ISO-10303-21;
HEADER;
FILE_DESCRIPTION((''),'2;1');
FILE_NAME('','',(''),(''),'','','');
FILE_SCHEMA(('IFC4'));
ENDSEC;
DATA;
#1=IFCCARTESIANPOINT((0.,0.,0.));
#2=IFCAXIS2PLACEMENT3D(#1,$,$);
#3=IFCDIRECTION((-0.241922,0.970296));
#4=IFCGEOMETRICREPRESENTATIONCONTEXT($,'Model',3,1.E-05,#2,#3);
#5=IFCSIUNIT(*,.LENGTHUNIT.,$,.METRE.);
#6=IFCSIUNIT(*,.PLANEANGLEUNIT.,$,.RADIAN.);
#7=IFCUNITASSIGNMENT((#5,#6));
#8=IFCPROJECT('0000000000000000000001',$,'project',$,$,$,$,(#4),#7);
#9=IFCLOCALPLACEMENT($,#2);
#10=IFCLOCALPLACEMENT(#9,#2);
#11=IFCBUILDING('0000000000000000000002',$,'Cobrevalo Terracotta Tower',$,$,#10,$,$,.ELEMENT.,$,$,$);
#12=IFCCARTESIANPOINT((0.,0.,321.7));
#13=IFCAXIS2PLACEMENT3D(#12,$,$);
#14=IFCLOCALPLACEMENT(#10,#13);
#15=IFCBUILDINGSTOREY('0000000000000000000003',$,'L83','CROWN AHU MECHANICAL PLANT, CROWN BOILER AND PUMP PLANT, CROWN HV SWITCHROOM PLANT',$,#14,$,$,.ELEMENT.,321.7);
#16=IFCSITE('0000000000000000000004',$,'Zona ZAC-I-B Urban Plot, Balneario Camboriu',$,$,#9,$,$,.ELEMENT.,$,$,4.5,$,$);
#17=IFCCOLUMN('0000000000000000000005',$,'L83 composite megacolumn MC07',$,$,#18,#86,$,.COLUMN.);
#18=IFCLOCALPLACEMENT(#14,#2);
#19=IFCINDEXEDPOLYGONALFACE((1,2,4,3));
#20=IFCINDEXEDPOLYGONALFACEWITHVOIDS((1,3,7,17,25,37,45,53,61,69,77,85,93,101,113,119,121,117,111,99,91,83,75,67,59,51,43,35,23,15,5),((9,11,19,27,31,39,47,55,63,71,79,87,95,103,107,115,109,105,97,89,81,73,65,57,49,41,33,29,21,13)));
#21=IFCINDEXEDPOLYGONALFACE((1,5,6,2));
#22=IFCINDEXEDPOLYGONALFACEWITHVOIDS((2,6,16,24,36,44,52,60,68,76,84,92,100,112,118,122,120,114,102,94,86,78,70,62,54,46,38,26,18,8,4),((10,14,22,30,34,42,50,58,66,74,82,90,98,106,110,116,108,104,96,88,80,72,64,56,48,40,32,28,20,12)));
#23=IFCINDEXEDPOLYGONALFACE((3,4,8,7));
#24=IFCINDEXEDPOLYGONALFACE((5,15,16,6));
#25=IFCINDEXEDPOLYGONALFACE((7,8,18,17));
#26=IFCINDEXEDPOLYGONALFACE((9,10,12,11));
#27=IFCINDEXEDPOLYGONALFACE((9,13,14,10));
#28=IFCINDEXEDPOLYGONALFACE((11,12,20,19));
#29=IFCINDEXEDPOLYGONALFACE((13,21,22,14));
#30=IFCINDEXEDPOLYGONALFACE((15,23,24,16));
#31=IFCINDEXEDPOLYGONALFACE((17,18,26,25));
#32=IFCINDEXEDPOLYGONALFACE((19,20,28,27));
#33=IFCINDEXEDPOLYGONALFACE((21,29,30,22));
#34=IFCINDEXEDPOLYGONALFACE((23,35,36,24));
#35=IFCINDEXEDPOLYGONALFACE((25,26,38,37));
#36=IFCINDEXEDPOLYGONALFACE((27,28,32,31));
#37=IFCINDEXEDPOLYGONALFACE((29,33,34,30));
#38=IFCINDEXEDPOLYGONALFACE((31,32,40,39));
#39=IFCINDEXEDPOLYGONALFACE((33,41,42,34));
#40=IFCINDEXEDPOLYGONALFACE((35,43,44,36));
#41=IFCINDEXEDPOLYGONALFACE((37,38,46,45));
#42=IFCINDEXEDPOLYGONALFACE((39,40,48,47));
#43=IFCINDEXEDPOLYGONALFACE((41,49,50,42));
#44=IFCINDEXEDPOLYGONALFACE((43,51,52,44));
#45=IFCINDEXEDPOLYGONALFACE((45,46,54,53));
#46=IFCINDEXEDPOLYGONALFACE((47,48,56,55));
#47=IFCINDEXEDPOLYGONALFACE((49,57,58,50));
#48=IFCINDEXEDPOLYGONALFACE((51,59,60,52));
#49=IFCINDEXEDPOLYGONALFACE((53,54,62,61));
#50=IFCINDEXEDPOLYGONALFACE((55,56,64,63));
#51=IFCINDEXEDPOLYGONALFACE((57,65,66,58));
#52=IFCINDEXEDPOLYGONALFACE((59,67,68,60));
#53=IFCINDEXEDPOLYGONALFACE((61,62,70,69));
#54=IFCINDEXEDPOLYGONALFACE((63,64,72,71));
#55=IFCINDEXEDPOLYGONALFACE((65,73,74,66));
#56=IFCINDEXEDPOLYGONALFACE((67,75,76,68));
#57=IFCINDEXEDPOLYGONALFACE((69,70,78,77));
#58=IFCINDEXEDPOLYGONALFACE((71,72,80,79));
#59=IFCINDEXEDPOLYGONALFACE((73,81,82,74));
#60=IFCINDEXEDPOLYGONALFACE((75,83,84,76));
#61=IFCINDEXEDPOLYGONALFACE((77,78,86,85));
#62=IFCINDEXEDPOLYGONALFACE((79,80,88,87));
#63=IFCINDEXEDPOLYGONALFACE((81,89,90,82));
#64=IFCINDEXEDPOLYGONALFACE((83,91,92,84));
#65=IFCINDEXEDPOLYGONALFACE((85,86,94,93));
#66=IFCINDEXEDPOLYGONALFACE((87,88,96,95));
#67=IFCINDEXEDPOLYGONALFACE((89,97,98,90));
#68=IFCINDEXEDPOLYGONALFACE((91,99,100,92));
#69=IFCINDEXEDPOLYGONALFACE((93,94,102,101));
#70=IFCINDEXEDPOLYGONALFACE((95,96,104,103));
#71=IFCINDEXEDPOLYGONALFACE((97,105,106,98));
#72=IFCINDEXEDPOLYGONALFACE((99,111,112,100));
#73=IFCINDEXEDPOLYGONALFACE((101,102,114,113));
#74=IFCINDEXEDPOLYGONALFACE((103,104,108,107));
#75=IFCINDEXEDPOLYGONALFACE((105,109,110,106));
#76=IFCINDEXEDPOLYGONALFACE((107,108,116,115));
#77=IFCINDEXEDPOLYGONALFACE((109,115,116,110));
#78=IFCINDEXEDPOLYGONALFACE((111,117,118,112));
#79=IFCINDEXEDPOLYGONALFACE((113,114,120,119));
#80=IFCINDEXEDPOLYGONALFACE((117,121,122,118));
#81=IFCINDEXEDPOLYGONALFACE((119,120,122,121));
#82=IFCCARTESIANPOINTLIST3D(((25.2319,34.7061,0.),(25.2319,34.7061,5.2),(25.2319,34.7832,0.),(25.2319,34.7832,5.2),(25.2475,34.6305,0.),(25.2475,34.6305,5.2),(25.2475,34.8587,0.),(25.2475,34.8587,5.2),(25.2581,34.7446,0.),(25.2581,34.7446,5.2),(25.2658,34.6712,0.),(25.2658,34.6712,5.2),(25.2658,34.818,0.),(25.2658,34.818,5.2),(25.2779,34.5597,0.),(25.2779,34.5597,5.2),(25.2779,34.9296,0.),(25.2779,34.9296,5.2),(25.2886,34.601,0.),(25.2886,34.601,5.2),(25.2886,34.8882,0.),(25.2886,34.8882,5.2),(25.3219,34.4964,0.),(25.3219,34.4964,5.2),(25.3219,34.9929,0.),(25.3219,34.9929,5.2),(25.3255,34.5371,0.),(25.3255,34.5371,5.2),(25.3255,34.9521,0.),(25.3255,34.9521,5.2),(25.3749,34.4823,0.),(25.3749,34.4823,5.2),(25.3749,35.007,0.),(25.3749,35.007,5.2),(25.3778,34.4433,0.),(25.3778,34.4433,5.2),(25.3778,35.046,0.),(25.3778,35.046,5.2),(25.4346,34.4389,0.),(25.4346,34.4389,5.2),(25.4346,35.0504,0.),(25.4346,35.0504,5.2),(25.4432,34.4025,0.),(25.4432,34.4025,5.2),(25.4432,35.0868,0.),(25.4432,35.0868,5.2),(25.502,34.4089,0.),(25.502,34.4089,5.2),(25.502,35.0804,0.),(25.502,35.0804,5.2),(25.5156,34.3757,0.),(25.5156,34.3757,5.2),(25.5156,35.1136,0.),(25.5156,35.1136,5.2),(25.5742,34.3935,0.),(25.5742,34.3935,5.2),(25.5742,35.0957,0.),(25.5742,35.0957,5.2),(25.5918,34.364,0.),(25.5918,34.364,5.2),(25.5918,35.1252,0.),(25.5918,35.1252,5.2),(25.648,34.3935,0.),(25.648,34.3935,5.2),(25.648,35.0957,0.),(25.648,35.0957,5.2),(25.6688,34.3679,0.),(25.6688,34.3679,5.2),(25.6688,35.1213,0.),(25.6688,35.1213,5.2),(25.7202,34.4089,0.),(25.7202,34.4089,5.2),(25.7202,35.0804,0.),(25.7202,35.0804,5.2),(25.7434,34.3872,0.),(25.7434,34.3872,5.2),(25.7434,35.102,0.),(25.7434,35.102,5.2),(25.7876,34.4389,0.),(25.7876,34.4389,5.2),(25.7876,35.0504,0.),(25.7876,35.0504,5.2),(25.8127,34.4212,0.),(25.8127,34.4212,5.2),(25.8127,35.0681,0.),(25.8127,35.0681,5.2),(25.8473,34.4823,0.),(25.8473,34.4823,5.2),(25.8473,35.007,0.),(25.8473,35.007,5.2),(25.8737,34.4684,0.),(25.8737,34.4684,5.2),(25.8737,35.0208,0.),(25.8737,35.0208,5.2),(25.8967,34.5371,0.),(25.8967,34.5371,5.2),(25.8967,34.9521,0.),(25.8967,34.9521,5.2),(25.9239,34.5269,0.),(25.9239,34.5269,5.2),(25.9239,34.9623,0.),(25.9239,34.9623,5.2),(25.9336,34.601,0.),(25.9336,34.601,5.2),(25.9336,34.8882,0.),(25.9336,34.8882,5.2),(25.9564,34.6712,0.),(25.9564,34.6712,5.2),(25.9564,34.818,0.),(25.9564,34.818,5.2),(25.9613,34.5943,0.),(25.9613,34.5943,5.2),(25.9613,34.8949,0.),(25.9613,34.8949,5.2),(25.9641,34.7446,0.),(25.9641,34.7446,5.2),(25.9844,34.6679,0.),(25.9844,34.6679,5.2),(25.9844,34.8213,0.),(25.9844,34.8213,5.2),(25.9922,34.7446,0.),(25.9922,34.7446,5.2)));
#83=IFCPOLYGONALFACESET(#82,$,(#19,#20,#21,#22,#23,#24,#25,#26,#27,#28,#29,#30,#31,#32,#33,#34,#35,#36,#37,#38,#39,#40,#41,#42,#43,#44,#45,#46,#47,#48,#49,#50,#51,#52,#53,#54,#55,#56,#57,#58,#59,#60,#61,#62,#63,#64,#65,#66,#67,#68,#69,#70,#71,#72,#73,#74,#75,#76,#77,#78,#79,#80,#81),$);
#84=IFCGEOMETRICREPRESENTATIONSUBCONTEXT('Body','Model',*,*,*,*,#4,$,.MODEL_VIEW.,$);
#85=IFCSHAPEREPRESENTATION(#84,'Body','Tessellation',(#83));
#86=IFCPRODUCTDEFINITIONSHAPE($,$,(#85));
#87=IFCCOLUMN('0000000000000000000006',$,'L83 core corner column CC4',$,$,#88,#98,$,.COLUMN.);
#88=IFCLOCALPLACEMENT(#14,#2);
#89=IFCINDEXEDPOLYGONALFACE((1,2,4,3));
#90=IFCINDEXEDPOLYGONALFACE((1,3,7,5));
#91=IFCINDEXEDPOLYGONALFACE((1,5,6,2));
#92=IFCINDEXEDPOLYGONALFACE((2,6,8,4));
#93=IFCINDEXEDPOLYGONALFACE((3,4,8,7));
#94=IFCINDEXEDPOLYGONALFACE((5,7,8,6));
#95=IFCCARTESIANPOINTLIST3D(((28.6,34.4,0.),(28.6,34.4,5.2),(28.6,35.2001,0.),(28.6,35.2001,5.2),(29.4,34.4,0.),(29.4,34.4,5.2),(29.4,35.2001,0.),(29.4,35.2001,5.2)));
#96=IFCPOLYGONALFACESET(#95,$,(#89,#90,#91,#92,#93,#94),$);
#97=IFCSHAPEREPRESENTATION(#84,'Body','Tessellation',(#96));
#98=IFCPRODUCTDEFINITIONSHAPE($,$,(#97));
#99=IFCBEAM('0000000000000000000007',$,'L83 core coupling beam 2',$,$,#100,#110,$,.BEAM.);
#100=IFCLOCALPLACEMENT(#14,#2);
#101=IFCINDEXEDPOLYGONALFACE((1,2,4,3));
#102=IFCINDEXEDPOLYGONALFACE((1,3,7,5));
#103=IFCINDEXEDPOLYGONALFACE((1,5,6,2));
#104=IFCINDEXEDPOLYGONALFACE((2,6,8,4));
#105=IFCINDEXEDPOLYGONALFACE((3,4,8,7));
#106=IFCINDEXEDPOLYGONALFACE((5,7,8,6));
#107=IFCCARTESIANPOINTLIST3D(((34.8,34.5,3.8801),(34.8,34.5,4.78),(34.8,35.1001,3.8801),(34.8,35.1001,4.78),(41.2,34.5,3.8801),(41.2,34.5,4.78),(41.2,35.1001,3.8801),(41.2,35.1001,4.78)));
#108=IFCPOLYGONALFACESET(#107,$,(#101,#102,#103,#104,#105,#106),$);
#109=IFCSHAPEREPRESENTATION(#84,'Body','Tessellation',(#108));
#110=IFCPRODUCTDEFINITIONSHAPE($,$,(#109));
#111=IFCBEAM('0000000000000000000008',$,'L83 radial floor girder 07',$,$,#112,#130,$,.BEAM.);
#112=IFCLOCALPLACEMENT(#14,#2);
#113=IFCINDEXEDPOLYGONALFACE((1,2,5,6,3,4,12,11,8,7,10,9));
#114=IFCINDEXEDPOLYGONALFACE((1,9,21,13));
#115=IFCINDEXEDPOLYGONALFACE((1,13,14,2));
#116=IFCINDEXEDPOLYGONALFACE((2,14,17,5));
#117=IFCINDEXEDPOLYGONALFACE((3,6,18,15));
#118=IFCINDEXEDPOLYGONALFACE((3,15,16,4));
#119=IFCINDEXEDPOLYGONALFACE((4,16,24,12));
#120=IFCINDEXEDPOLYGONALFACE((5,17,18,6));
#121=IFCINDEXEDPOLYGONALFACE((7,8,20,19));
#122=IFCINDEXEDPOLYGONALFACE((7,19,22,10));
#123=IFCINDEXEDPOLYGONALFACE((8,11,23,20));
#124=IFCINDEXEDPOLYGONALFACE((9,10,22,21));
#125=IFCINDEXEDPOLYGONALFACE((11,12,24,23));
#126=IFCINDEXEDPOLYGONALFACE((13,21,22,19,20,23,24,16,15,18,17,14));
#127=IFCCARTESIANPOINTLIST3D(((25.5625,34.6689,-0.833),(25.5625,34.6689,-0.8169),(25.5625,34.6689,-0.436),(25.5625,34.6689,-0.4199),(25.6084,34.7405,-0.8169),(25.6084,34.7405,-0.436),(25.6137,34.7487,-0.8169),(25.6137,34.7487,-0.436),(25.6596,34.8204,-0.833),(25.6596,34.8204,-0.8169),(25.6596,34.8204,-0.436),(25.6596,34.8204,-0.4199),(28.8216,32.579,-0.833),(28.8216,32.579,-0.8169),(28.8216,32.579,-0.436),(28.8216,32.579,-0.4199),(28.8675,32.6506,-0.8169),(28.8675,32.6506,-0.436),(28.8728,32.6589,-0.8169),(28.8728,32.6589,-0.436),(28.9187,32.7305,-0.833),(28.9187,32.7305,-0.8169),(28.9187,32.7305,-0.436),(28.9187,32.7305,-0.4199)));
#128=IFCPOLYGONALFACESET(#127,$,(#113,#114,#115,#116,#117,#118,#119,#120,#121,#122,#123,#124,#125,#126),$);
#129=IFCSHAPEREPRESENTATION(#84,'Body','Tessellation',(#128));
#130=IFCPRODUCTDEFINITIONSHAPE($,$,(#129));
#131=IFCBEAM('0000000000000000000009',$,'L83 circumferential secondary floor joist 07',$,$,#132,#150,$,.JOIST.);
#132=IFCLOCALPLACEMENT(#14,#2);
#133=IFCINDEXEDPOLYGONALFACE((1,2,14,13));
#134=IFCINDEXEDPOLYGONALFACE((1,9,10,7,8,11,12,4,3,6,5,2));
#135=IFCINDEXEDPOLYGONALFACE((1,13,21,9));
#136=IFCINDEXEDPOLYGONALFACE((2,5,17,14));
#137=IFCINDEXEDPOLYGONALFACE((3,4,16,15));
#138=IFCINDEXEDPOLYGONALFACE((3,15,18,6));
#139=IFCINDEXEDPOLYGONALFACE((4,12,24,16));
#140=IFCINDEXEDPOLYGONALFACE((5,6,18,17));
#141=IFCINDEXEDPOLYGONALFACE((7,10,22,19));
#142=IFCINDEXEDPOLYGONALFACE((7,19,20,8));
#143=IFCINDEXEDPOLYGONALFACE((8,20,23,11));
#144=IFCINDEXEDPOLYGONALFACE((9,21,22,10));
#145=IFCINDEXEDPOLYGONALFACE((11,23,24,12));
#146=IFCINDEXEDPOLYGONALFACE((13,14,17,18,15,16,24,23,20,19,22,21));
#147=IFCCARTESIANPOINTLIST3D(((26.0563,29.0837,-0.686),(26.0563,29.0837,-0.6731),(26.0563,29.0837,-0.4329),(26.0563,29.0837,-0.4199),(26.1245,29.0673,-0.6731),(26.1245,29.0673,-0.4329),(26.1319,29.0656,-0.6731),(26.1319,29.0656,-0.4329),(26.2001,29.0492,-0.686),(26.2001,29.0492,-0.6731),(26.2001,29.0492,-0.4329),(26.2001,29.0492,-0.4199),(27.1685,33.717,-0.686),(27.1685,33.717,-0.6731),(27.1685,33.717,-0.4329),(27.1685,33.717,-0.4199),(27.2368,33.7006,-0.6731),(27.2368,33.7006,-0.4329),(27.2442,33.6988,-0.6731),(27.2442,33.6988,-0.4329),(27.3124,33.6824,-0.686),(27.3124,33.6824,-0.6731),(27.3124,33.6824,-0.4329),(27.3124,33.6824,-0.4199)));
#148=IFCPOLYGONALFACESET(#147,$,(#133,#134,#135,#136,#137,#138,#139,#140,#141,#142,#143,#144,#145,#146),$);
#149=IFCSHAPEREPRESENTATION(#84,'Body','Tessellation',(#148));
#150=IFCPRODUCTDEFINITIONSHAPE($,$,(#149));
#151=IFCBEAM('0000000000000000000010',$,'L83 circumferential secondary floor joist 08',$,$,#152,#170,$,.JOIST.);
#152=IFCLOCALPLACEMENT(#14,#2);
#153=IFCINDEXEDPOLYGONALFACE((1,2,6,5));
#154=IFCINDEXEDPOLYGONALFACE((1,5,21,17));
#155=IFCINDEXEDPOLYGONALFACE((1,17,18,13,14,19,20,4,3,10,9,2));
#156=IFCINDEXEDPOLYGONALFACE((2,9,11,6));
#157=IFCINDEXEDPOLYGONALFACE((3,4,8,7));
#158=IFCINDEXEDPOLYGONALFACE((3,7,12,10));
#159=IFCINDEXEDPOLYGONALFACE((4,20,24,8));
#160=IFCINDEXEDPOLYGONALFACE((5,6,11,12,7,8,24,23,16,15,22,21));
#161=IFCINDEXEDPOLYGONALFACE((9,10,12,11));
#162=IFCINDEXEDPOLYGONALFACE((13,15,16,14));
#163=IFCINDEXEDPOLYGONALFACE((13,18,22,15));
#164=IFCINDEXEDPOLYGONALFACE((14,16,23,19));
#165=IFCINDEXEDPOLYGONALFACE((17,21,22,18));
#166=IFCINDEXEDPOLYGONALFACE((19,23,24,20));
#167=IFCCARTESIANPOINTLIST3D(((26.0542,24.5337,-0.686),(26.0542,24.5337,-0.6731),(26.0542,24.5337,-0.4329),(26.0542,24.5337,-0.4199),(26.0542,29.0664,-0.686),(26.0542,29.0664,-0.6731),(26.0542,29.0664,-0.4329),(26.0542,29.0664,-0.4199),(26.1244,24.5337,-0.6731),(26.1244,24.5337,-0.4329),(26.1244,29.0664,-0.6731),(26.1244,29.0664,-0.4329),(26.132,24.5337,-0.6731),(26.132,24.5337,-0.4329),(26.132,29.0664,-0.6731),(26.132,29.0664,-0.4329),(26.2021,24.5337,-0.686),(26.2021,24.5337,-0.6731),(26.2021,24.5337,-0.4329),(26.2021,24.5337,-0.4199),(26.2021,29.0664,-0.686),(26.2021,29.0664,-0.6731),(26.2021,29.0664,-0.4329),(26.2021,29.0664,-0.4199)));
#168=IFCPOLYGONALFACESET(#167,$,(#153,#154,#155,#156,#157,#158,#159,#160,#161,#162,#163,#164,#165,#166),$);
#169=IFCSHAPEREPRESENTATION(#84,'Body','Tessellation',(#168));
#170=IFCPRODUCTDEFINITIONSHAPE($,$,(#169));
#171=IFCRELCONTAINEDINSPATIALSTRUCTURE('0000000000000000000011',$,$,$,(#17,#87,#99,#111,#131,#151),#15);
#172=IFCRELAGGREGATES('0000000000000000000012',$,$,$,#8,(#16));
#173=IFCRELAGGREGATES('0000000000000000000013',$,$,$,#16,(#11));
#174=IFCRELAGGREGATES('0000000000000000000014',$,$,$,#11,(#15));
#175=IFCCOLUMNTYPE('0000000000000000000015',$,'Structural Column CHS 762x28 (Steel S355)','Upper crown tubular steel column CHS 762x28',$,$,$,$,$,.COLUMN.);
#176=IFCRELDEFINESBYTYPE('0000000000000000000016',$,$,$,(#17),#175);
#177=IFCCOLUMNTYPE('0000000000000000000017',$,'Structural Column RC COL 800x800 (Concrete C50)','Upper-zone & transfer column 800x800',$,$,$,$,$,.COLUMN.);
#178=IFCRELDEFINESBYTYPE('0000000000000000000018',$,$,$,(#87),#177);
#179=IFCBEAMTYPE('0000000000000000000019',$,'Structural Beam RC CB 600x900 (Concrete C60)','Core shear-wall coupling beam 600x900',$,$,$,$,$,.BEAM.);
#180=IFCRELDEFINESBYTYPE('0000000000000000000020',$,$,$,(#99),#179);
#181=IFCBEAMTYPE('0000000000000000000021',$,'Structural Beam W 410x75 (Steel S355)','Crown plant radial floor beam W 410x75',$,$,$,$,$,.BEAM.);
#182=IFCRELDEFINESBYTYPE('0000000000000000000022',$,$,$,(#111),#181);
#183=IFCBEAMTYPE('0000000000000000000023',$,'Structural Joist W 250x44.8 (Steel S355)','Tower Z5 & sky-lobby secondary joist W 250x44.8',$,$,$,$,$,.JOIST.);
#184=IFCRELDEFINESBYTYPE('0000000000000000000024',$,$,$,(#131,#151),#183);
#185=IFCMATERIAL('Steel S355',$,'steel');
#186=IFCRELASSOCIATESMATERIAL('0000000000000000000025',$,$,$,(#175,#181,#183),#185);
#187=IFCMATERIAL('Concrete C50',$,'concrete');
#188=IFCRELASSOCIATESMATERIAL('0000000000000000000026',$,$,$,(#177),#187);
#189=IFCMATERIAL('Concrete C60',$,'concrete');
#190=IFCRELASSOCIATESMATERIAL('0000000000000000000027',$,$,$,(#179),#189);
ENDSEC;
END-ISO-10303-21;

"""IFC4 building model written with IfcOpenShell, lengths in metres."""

from ifc_helpers import new_model, si_unit, direction, frame, origin, origin_2d, place, context, subcontext, project, spatial, rectangle, hollow_circle, i_section, extrude, material, material_profile, profile_set, type_object, element, save


model = new_model("IFC4")

# Units and contexts
model_context = context("Model", 3, precision=1e-05, world=origin(), true_north=direction((-0.241922, 0.970296)))
body_context = subcontext(model_context, "Body", "Model", "MODEL_VIEW")
ifc_project = project(units=[si_unit("LENGTHUNIT", "METRE"), si_unit("PLANEANGLEUNIT", "RADIAN")], contexts=[model_context])

# Site, building, storey
site_placement = place(None, origin())
site = spatial("IfcSite", under=ifc_project, at=site_placement, Name="Zona ZAC-I-B Urban Plot, Balneario Camboriu", CompositionType="ELEMENT", RefElevation=4.5)
building_placement = place(site_placement, origin())
building = spatial("IfcBuilding", under=site, at=building_placement, Name="Cobrevalo Terracotta Tower", CompositionType="ELEMENT")
storey_placement = place(building_placement, frame((0.0, 0.0, 321.7)))
storey = spatial("IfcBuildingStorey", under=building, at=storey_placement, Name="L83", Description="CROWN AHU MECHANICAL PLANT, CROWN BOILER AND PUMP PLANT, CROWN HV SWITCHROOM PLANT", CompositionType="ELEMENT", Elevation=321.7)

# Columns
ifc_material_1 = material(Name="Steel S355", Category="steel")
ifc_material_profile_1 = material_profile(ifc_material_1, hollow_circle(Radius=0.3811, WallThickness=0.0281, at=origin_2d()), Name="CHS 762x28")
ifc_profile_set_1 = profile_set([ifc_material_profile_1], Name="Steel S355")
column_type_1 = type_object("IfcColumnType", Name="Structural Column CHS 762x28 (Steel S355)", Description="Upper crown tubular steel column CHS 762x28", PredefinedType="COLUMN", material=ifc_profile_set_1)
column_1_placement = place(storey_placement, frame((25.6111, 34.7446, 0.0), z_axis=(0.0, 0.0, 1.0), x_axis=(1.0, 0.0, 0.0)))
element("IfcColumn", 1, at=column_1_placement, inside=storey, type_object=column_type_1, Name="L83 composite megacolumn MC07", PredefinedType="COLUMN", context=body_context, shape_type="SweptSolid", body=[
    extrude(hollow_circle(Radius=0.3811, WallThickness=0.0281, at=origin_2d()), origin(), (0.0, 0.0, 1.0), 5.2),
])
ifc_material_2 = material(Name="Concrete C50", Category="concrete")
ifc_material_profile_2 = material_profile(ifc_material_2, rectangle(XDim=0.8, YDim=0.8, at=origin_2d()), Name="RC COL 800x800")
ifc_profile_set_2 = profile_set([ifc_material_profile_2], Name="Concrete C50")
column_type_2 = type_object("IfcColumnType", Name="Structural Column RC COL 800x800 (Concrete C50)", Description="Upper-zone & transfer column 800x800", PredefinedType="COLUMN", material=ifc_profile_set_2)
column_2_placement = place(storey_placement, frame((29.0, 34.8, 0.0), z_axis=(0.0, 0.0, 1.0), x_axis=(1.0, 0.0, 0.0)))
element("IfcColumn", 2, at=column_2_placement, inside=storey, type_object=column_type_2, Name="L83 core corner column CC4", PredefinedType="COLUMN", context=body_context, shape_type="SweptSolid", body=[
    extrude(rectangle(XDim=0.8, YDim=0.8, at=origin_2d()), origin(), (0.0, 0.0, 1.0), 5.2),
])

# Beams
ifc_material_3 = material(Name="Concrete C60", Category="concrete")
ifc_material_profile_3 = material_profile(ifc_material_3, rectangle(XDim=0.6001, YDim=0.8999, at=origin_2d()), Name="RC CB 600x900")
ifc_profile_set_3 = profile_set([ifc_material_profile_3], Name="Concrete C60")
beam_type_1 = type_object("IfcBeamType", Name="Structural Beam RC CB 600x900 (Concrete C60)", Description="Core shear-wall coupling beam 600x900", PredefinedType="BEAM", material=ifc_profile_set_3)
beam_1_placement = place(storey_placement, frame((34.8, 34.8, 4.3301), z_axis=(1.0, 0.0, 0.0), x_axis=(0.0, 1.0, 0.0)))
element("IfcBeam", 3, at=beam_1_placement, inside=storey, type_object=beam_type_1, Name="L83 core coupling beam 2", PredefinedType="BEAM", context=body_context, shape_type="SweptSolid", body=[
    extrude(rectangle(XDim=0.6001, YDim=0.8999, at=origin_2d()), origin(), (0.0, 0.0, 1.0), 6.3999),
])
ifc_material_profile_4 = material_profile(ifc_material_1, i_section(OverallWidth=0.1799, OverallDepth=0.4131, WebThickness=0.0098, FlangeThickness=0.0161, at=origin_2d()), Name="W 410x75")
ifc_profile_set_4 = profile_set([ifc_material_profile_4], Name="Steel S355")
beam_type_2 = type_object("IfcBeamType", Name="Structural Beam W 410x75 (Steel S355)", Description="Crown plant radial floor beam W 410x75", PredefinedType="BEAM", material=ifc_profile_set_4)
beam_2_placement = place(storey_placement, frame((25.6111, 34.7446, -0.6265), z_axis=(0.841795, -0.539798, 0.0), x_axis=(0.539798, 0.841795, 0.0)))
element("IfcBeam", 4, at=beam_2_placement, inside=storey, type_object=beam_type_2, Name="L83 radial floor girder 07", PredefinedType="BEAM", context=body_context, shape_type="SweptSolid", body=[
    extrude(i_section(OverallWidth=0.1799, OverallDepth=0.4131, WebThickness=0.0098, FlangeThickness=0.0161, at=origin_2d()), origin(), (0.0, 0.0, 1.0), 3.8716),
])
ifc_material_profile_5 = material_profile(ifc_material_1, i_section(OverallWidth=0.1479, OverallDepth=0.2661, WebThickness=0.0076, FlangeThickness=0.0129, at=origin_2d()), Name="W 250x44.8")
ifc_profile_set_5 = profile_set([ifc_material_profile_5], Name="Steel S355")
beam_type_3 = type_object("IfcBeamType", Name="Structural Joist W 250x44.8 (Steel S355)", Description="Tower Z5 & sky-lobby secondary joist W 250x44.8", PredefinedType="JOIST", material=ifc_profile_set_5)
beam_3_placement = place(storey_placement, frame((27.2405, 33.6997, -0.553), z_axis=(-0.233435, -0.972372, 0.0), x_axis=(0.972372, -0.233435, 0.0)))
element("IfcBeam", 5, at=beam_3_placement, inside=storey, type_object=beam_type_3, Name="L83 circumferential secondary floor joist 07", PredefinedType="JOIST", context=body_context, shape_type="SweptSolid", body=[
    extrude(i_section(OverallWidth=0.1479, OverallDepth=0.2661, WebThickness=0.0076, FlangeThickness=0.0129, at=origin_2d()), origin(), (0.0, 0.0, 1.0), 4.7649),
])
beam_4_placement = place(storey_placement, frame((26.1282, 29.0664, -0.553), z_axis=(0.0, -1.0, 0.0), x_axis=(1.0, 0.0, 0.0)))
element("IfcBeam", 6, at=beam_4_placement, inside=storey, type_object=beam_type_3, Name="L83 circumferential secondary floor joist 08", PredefinedType="JOIST", context=body_context, shape_type="SweptSolid", body=[
    extrude(i_section(OverallWidth=0.1479, OverallDepth=0.2661, WebThickness=0.0076, FlangeThickness=0.0129, at=origin_2d()), origin(), (0.0, 0.0, 1.0), 4.5327),
])

save(model, "model.ifc")
